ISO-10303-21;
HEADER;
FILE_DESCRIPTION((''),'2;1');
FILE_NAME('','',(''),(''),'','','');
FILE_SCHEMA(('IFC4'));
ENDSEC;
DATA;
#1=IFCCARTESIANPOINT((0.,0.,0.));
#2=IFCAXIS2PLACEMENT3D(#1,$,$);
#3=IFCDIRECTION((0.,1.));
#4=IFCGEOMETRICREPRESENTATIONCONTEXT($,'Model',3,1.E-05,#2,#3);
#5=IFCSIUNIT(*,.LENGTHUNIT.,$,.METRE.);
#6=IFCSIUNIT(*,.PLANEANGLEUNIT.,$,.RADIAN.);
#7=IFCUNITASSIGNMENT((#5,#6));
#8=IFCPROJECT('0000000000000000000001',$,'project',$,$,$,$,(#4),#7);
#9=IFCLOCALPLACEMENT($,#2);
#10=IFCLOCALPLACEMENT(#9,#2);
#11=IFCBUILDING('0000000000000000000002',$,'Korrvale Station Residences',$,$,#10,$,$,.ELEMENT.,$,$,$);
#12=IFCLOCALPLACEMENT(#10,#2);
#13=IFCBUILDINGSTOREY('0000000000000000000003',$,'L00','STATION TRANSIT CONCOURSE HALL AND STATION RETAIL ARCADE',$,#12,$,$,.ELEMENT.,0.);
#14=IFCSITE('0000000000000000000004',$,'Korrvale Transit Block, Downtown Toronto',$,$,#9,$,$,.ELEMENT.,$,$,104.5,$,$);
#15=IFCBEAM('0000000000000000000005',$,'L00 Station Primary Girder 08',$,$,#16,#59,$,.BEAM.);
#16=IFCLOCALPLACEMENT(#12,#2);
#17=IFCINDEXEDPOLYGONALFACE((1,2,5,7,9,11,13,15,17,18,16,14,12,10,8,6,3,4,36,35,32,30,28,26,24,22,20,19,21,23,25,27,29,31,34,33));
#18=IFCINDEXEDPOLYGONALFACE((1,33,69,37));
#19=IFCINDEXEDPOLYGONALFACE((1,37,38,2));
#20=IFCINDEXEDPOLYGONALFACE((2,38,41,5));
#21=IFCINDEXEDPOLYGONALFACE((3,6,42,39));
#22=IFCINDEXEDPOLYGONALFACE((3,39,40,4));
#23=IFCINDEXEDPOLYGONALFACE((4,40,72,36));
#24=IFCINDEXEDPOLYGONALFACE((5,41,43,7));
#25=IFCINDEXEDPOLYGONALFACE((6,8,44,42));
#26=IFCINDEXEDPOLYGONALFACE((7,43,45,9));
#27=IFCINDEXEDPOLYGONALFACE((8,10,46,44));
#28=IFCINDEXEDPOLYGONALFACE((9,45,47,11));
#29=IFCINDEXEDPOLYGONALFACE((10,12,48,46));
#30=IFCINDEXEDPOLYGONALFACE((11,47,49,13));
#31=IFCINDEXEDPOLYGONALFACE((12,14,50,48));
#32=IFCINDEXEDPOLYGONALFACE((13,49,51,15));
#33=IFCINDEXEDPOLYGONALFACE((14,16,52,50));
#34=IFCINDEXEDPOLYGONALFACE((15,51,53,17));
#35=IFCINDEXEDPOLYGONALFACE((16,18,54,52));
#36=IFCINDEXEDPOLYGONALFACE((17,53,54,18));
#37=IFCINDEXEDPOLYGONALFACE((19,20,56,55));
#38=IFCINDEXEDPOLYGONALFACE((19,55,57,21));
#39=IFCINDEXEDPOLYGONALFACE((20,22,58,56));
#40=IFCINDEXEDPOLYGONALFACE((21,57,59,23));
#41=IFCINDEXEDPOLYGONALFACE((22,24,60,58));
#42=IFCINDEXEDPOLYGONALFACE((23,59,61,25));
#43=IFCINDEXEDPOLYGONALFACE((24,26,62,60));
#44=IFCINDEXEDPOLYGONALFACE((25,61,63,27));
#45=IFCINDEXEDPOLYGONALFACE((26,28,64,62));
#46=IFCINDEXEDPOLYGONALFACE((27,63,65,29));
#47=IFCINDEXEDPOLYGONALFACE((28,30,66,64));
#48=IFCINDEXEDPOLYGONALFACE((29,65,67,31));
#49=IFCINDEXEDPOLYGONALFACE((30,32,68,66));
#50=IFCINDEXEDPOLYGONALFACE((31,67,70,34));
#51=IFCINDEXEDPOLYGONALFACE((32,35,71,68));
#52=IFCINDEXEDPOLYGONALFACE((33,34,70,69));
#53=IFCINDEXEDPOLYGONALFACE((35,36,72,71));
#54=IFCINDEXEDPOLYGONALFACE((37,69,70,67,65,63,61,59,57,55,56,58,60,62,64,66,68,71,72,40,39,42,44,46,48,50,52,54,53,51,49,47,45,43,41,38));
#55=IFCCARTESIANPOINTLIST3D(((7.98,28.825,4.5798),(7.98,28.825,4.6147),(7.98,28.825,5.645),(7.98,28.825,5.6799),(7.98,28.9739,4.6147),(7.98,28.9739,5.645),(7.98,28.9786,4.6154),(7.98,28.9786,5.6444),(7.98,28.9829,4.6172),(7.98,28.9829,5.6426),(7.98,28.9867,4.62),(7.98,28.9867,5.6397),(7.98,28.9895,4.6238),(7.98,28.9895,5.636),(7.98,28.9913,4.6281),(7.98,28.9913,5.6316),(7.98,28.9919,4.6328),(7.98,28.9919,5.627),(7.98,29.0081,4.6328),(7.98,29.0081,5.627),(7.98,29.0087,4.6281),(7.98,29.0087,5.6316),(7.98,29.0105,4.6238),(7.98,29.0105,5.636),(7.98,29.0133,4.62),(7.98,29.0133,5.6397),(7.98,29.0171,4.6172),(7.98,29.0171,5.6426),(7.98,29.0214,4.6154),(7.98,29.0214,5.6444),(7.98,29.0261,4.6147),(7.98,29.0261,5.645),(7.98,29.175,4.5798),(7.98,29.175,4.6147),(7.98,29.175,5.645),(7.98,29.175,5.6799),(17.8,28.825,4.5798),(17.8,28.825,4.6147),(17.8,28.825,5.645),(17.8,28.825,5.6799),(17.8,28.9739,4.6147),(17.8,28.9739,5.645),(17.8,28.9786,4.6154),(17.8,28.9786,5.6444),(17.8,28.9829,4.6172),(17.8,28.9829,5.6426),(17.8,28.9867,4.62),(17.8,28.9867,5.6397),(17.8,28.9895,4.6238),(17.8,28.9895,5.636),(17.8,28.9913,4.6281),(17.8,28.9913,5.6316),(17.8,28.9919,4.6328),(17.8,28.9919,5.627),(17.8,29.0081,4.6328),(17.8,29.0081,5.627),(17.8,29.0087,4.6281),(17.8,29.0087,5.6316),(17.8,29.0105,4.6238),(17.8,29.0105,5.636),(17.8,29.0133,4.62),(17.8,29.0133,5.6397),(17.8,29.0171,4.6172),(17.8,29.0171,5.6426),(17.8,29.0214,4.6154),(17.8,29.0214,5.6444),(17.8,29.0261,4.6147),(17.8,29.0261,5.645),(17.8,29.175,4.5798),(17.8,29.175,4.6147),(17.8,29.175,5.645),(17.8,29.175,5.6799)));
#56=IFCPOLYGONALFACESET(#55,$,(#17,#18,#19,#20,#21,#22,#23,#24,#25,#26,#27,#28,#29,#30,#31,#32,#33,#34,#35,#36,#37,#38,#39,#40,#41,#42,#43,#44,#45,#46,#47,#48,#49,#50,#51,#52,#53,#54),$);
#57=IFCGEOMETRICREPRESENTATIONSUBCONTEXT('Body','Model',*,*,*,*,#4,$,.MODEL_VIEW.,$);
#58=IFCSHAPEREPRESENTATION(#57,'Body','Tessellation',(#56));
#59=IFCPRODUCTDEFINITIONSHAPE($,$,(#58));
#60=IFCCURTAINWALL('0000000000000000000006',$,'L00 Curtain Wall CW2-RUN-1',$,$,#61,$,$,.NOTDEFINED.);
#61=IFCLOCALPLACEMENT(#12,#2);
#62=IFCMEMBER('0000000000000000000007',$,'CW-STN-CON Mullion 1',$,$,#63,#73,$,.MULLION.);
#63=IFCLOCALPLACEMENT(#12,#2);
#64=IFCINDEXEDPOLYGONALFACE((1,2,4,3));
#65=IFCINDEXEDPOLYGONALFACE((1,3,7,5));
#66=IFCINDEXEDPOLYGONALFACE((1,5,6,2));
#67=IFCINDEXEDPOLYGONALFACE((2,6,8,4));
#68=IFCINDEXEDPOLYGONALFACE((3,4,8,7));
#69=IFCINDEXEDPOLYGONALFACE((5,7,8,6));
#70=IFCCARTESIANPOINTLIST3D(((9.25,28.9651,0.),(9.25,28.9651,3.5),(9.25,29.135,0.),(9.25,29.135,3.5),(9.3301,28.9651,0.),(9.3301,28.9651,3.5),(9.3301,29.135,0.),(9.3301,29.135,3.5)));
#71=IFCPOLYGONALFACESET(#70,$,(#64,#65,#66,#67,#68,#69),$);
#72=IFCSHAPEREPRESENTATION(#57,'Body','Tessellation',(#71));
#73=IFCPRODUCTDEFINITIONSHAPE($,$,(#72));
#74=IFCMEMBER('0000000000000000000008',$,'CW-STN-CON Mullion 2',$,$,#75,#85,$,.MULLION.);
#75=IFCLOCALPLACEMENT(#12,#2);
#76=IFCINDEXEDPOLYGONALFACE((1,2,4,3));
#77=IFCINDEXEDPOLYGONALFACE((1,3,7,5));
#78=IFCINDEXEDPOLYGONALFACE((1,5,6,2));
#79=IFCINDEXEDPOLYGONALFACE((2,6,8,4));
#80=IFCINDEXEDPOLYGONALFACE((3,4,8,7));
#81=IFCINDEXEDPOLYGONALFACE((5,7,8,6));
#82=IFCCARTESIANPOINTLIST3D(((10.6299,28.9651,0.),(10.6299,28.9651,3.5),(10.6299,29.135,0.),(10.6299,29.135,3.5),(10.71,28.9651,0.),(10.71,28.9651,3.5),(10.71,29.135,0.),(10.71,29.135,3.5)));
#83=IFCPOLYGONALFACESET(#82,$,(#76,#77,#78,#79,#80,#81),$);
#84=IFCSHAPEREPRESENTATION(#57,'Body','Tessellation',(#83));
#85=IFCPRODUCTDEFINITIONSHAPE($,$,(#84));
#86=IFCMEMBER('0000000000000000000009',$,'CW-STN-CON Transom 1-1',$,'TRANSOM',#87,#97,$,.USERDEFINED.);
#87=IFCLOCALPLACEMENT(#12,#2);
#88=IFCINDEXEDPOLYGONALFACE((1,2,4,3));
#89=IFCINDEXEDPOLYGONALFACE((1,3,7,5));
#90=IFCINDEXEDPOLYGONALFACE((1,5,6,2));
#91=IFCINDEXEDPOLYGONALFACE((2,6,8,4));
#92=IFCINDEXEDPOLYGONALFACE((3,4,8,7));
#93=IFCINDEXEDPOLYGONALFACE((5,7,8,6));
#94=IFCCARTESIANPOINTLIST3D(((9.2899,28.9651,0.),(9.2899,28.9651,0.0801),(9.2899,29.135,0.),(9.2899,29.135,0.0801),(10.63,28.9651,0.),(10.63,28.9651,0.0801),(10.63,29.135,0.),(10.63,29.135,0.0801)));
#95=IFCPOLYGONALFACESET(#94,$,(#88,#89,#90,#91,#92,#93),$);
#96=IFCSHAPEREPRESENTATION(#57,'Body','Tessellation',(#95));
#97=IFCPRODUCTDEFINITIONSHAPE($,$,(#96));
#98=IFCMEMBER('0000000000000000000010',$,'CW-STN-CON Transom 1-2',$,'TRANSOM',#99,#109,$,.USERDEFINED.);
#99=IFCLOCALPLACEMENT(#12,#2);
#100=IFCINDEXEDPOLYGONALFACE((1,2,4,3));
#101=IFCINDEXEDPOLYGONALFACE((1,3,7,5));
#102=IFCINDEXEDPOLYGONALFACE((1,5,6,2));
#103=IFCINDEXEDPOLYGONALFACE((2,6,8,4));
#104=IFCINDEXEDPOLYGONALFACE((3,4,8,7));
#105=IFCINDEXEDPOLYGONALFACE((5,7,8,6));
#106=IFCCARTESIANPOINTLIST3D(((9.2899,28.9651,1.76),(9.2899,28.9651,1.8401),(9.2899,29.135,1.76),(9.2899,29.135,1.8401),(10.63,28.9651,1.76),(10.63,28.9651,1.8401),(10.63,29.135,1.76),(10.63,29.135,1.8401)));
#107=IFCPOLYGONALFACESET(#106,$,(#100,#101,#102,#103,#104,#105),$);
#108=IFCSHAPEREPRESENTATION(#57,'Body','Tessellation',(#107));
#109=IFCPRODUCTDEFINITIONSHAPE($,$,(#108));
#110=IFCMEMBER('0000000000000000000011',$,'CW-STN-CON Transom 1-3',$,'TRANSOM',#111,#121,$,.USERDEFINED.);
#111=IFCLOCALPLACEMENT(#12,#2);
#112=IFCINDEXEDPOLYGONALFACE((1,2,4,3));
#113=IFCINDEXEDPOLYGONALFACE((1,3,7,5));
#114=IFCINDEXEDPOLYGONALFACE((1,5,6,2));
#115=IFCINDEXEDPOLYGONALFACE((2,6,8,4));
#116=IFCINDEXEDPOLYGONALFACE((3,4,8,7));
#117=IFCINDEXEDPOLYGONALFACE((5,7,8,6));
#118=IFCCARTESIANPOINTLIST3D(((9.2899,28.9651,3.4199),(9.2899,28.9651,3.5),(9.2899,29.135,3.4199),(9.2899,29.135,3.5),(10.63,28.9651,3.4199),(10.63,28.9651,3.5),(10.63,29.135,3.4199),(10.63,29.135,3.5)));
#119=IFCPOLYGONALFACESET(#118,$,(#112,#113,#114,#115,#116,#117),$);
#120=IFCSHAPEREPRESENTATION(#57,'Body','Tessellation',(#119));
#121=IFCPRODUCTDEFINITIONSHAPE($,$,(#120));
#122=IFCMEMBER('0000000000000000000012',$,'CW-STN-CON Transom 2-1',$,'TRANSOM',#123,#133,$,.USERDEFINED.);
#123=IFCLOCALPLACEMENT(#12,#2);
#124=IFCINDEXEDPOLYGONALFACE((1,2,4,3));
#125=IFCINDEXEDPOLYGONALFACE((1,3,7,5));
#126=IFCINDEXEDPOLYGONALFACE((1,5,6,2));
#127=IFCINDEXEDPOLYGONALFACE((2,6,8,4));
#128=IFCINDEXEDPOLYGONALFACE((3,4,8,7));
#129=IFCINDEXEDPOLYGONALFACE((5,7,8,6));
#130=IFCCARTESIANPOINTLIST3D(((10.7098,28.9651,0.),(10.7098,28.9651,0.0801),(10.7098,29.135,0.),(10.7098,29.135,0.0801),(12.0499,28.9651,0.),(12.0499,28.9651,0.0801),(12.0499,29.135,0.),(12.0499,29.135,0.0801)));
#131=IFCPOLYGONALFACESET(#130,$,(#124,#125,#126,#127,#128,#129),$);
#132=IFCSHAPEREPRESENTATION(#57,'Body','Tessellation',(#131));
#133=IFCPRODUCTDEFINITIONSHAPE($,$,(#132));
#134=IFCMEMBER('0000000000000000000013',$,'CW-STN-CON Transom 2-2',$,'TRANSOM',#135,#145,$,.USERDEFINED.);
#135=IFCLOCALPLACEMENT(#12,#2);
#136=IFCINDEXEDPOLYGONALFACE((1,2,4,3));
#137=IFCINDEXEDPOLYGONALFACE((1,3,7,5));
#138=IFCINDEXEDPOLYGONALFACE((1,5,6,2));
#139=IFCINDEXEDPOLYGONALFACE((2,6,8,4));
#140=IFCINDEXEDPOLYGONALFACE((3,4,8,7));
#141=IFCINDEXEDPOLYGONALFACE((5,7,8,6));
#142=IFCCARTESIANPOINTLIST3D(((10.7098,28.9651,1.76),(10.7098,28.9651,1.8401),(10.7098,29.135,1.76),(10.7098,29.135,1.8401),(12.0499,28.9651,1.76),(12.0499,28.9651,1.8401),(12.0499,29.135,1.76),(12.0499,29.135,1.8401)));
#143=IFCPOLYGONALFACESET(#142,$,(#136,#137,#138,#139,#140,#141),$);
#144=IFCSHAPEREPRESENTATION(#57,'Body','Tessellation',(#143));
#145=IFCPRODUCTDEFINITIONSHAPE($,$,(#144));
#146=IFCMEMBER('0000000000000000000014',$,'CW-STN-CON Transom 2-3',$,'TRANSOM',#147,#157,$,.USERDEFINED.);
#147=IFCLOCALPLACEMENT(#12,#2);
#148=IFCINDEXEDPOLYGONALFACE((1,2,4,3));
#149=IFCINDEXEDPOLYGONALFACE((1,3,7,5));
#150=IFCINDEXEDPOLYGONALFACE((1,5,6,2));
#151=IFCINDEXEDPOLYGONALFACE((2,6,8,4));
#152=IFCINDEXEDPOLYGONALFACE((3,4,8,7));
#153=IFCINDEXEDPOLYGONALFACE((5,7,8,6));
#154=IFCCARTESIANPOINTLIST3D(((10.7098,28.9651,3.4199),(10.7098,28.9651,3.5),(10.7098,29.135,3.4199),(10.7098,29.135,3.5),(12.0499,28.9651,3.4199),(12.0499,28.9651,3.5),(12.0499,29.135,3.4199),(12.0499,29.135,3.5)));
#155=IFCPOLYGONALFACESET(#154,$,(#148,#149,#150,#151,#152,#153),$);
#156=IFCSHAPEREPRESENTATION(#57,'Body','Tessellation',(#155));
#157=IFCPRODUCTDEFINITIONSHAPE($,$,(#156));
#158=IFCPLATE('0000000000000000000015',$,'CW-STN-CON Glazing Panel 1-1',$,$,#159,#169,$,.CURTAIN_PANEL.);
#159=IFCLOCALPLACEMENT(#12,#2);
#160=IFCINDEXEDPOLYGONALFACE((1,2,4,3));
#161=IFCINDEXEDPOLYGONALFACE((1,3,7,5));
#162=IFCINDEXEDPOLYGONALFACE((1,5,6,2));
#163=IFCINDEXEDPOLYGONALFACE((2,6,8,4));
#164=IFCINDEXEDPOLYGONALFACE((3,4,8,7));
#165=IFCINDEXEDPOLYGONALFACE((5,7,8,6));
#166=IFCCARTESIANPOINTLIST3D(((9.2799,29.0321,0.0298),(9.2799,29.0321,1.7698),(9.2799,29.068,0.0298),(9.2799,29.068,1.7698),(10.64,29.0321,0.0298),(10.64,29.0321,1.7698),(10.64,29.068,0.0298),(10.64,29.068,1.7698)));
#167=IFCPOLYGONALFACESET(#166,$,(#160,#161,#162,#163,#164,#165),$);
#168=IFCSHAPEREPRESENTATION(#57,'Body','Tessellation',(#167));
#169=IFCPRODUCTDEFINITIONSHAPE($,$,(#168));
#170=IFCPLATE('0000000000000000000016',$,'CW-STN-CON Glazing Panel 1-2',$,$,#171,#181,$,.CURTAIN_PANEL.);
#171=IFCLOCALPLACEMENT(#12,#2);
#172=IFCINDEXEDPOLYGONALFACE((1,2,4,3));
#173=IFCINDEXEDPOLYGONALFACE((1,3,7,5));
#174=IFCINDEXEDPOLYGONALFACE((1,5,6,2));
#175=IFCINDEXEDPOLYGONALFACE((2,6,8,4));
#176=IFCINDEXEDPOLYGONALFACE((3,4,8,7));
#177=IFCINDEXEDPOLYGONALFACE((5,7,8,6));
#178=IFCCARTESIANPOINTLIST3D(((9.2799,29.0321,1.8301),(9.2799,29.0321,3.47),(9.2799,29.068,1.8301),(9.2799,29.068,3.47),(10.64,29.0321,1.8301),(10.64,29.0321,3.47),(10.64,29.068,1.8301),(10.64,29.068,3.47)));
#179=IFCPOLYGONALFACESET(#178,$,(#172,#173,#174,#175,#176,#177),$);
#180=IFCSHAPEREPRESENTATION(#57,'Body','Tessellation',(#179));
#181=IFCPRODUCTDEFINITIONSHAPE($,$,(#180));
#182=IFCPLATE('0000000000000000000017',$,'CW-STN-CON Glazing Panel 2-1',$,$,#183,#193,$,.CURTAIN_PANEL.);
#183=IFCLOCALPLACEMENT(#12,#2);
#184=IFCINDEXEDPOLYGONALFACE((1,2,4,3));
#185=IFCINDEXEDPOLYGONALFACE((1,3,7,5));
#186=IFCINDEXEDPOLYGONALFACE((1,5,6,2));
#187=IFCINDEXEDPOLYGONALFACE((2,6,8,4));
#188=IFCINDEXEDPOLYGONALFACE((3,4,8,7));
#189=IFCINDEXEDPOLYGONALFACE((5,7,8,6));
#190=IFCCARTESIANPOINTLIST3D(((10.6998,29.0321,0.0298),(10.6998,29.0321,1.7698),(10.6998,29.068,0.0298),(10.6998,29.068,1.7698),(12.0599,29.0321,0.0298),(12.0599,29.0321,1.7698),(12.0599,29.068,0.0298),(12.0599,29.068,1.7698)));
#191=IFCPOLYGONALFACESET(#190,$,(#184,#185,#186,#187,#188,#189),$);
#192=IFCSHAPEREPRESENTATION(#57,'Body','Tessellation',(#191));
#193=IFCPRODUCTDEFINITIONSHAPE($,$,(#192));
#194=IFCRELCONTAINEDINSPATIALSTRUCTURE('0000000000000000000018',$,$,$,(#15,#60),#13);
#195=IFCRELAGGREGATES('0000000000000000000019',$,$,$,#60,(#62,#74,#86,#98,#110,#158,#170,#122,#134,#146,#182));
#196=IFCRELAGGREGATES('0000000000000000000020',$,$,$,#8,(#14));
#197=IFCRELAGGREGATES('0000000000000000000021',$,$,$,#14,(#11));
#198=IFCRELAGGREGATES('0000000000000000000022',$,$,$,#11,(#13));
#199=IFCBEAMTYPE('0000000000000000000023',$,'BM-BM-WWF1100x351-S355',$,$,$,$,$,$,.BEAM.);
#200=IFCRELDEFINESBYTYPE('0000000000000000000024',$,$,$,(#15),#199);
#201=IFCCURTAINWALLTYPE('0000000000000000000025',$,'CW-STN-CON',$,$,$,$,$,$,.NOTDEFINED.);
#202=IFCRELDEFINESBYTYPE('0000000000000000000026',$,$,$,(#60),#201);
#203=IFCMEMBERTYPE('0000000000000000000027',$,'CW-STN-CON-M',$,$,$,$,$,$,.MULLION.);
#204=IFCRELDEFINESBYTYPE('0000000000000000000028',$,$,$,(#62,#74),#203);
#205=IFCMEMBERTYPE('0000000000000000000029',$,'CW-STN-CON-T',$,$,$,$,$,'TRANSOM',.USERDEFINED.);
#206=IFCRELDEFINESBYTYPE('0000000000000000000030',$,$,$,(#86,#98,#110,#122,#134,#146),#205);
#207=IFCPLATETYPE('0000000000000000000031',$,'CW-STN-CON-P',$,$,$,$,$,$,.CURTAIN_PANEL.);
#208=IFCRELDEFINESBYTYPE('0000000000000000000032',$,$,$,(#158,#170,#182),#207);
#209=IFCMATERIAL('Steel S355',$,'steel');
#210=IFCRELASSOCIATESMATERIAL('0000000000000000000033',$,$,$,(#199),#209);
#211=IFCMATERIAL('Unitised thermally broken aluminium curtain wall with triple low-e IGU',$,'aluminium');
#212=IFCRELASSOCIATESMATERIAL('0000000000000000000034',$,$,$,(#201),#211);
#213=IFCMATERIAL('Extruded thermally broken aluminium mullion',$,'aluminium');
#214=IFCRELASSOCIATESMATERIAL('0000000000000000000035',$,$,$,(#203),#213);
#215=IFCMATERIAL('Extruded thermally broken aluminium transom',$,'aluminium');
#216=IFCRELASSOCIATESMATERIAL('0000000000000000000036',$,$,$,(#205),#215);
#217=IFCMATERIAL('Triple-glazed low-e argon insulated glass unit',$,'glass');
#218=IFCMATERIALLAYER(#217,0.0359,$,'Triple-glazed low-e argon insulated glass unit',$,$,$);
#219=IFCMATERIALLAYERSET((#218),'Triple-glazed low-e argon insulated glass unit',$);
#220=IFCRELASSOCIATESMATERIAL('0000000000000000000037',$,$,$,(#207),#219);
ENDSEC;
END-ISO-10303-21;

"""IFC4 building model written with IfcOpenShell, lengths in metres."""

from ifc_helpers import new_model, si_unit, direction, frame, origin, origin_2d, place, context, subcontext, project, spatial, rectangle, i_section, extrude, material, layer, layer_set, material_profile, profile_set, type_object, element, aggregate, save


model = new_model("IFC4")

# Units and contexts
model_context = context("Model", 3, precision=1e-05, world=origin(), true_north=direction((0.0, 1.0)))
body_context = subcontext(model_context, "Body", "Model", "MODEL_VIEW")
ifc_project = project(units=[si_unit("LENGTHUNIT", "METRE"), si_unit("PLANEANGLEUNIT", "RADIAN")], contexts=[model_context])

# Site, building, storey
site_placement = place(None, origin())
site = spatial("IfcSite", under=ifc_project, at=site_placement, Name="Korrvale Transit Block, Downtown Toronto", CompositionType="ELEMENT", RefElevation=104.5)
building_placement = place(site_placement, origin())
building = spatial("IfcBuilding", under=site, at=building_placement, Name="Korrvale Station Residences", CompositionType="ELEMENT")
storey_placement = place(building_placement, origin())
storey = spatial("IfcBuildingStorey", under=building, at=storey_placement, Name="L00", Description="STATION TRANSIT CONCOURSE HALL AND STATION RETAIL ARCADE", CompositionType="ELEMENT", Elevation=0.0)

# Beam
ifc_material_1 = material(Name="Steel S355", Category="steel")
ifc_material_profile = material_profile(ifc_material_1, i_section(OverallWidth=0.3501, OverallDepth=1.1001, WebThickness=0.0161, FlangeThickness=0.0349, FilletRadius=0.0181, at=origin_2d()), Name="WWF1100x351")
ifc_profile_set = profile_set([ifc_material_profile], Name="Steel S355")
beam_type = type_object("IfcBeamType", Name="BM-BM-WWF1100x351-S355", PredefinedType="BEAM", material=ifc_profile_set)
beam_placement = place(storey_placement, frame((7.98, 29.0, 5.1299), z_axis=(1.0, 0.0, 0.0), x_axis=(0.0, 1.0, 0.0)))
element("IfcBeam", 1, at=beam_placement, inside=storey, type_object=beam_type, Name="L00 Station Primary Girder 08", PredefinedType="BEAM", context=body_context, shape_type="SweptSolid", body=[
    extrude(i_section(OverallWidth=0.3501, OverallDepth=1.1001, WebThickness=0.0161, FlangeThickness=0.0349, FilletRadius=0.0181, at=origin_2d()), origin(), (0.0, 0.0, 1.0), 9.8201),
])

# Curtain wall, members, plates
ifc_material_2 = material(Name="Unitised thermally broken aluminium curtain wall with triple low-e IGU", Category="aluminium")
curtain_wall_type = type_object("IfcCurtainWallType", Name="CW-STN-CON", PredefinedType="NOTDEFINED", material=ifc_material_2)
curtain_wall_placement = place(storey_placement, origin())
curtain_wall = element("IfcCurtainWall", 2, at=curtain_wall_placement, inside=storey, type_object=curtain_wall_type, Name="L00 Curtain Wall CW2-RUN-1", PredefinedType="NOTDEFINED")
ifc_material_3 = material(Name="Extruded thermally broken aluminium mullion", Category="aluminium")
member_type_1 = type_object("IfcMemberType", Name="CW-STN-CON-M", PredefinedType="MULLION", material=ifc_material_3)
member_1_placement = place(storey_placement, frame((9.29, 29.05, 0.0), z_axis=(0.0, 0.0, 1.0), x_axis=(1.0, 0.0, 0.0)))
member_1 = element("IfcMember", 3, at=member_1_placement, type_object=member_type_1, Name="CW-STN-CON Mullion 1", PredefinedType="MULLION", context=body_context, shape_type="SweptSolid", body=[
    extrude(rectangle(XDim=0.0801, YDim=0.1699, at=origin_2d()), origin(), (0.0, 0.0, 1.0), 3.5),
])
member_2_placement = place(storey_placement, frame((10.6699, 29.05, 0.0), z_axis=(0.0, 0.0, 1.0), x_axis=(1.0, 0.0, 0.0)))
member_2 = element("IfcMember", 4, at=member_2_placement, type_object=member_type_1, Name="CW-STN-CON Mullion 2", PredefinedType="MULLION", context=body_context, shape_type="SweptSolid", body=[
    extrude(rectangle(XDim=0.0801, YDim=0.1699, at=origin_2d()), origin(), (0.0, 0.0, 1.0), 3.5),
])
ifc_material_4 = material(Name="Extruded thermally broken aluminium transom", Category="aluminium")
member_type_2 = type_object("IfcMemberType", Name="CW-STN-CON-T", ElementType="TRANSOM", PredefinedType="USERDEFINED", material=ifc_material_4)
member_3_placement = place(storey_placement, frame((9.96, 29.05, 0.0), z_axis=(0.0, 0.0, 1.0), x_axis=(1.0, 0.0, 0.0)))
member_3 = element("IfcMember", 5, at=member_3_placement, type_object=member_type_2, Name="CW-STN-CON Transom 1-1", ObjectType="TRANSOM", PredefinedType="USERDEFINED", context=body_context, shape_type="SweptSolid", body=[
    extrude(rectangle(XDim=1.3401, YDim=0.1699, at=origin_2d()), origin(), (0.0, 0.0, 1.0), 0.0801),
])
member_4_placement = place(storey_placement, frame((9.96, 29.05, 1.76), z_axis=(0.0, 0.0, 1.0), x_axis=(1.0, 0.0, 0.0)))
member_4 = element("IfcMember", 6, at=member_4_placement, type_object=member_type_2, Name="CW-STN-CON Transom 1-2", ObjectType="TRANSOM", PredefinedType="USERDEFINED", context=body_context, shape_type="SweptSolid", body=[
    extrude(rectangle(XDim=1.3401, YDim=0.1699, at=origin_2d()), origin(), (0.0, 0.0, 1.0), 0.0801),
])
member_5_placement = place(storey_placement, frame((9.96, 29.05, 3.4199), z_axis=(0.0, 0.0, 1.0), x_axis=(1.0, 0.0, 0.0)))
member_5 = element("IfcMember", 7, at=member_5_placement, type_object=member_type_2, Name="CW-STN-CON Transom 1-3", ObjectType="TRANSOM", PredefinedType="USERDEFINED", context=body_context, shape_type="SweptSolid", body=[
    extrude(rectangle(XDim=1.3401, YDim=0.1699, at=origin_2d()), origin(), (0.0, 0.0, 1.0), 0.0801),
])
member_6_placement = place(storey_placement, frame((11.3799, 29.05, 0.0), z_axis=(0.0, 0.0, 1.0), x_axis=(1.0, 0.0, 0.0)))
member_6 = element("IfcMember", 8, at=member_6_placement, type_object=member_type_2, Name="CW-STN-CON Transom 2-1", ObjectType="TRANSOM", PredefinedType="USERDEFINED", context=body_context, shape_type="SweptSolid", body=[
    extrude(rectangle(XDim=1.3401, YDim=0.1699, at=origin_2d()), origin(), (0.0, 0.0, 1.0), 0.0801),
])
member_7_placement = place(storey_placement, frame((11.3799, 29.05, 1.76), z_axis=(0.0, 0.0, 1.0), x_axis=(1.0, 0.0, 0.0)))
member_7 = element("IfcMember", 9, at=member_7_placement, type_object=member_type_2, Name="CW-STN-CON Transom 2-2", ObjectType="TRANSOM", PredefinedType="USERDEFINED", context=body_context, shape_type="SweptSolid", body=[
    extrude(rectangle(XDim=1.3401, YDim=0.1699, at=origin_2d()), origin(), (0.0, 0.0, 1.0), 0.0801),
])
member_8_placement = place(storey_placement, frame((11.3799, 29.05, 3.4199), z_axis=(0.0, 0.0, 1.0), x_axis=(1.0, 0.0, 0.0)))
member_8 = element("IfcMember", 10, at=member_8_placement, type_object=member_type_2, Name="CW-STN-CON Transom 2-3", ObjectType="TRANSOM", PredefinedType="USERDEFINED", context=body_context, shape_type="SweptSolid", body=[
    extrude(rectangle(XDim=1.3401, YDim=0.1699, at=origin_2d()), origin(), (0.0, 0.0, 1.0), 0.0801),
])
ifc_material_5 = material(Name="Triple-glazed low-e argon insulated glass unit", Category="glass")
ifc_layer_1 = layer(ifc_material_5, 0.0359, Name="Triple-glazed low-e argon insulated glass unit")
ifc_layer_set_1 = layer_set([ifc_layer_1], Name="Triple-glazed low-e argon insulated glass unit")
plate_type = type_object("IfcPlateType", Name="CW-STN-CON-P", PredefinedType="CURTAIN_PANEL", material=ifc_layer_set_1)
plate_1_placement = place(storey_placement, frame((9.96, 29.05, 0.0298), z_axis=(0.0, 0.0, 1.0), x_axis=(1.0, 0.0, 0.0)))
plate_1 = element("IfcPlate", 11, at=plate_1_placement, type_object=plate_type, Name="CW-STN-CON Glazing Panel 1-1", PredefinedType="CURTAIN_PANEL", context=body_context, shape_type="SweptSolid", body=[
    extrude(rectangle(XDim=1.3601, YDim=0.0359, at=origin_2d()), origin(), (0.0, 0.0, 1.0), 1.74),
])
plate_2_placement = place(storey_placement, frame((9.96, 29.05, 1.8301), z_axis=(0.0, 0.0, 1.0), x_axis=(1.0, 0.0, 0.0)))
plate_2 = element("IfcPlate", 12, at=plate_2_placement, type_object=plate_type, Name="CW-STN-CON Glazing Panel 1-2", PredefinedType="CURTAIN_PANEL", context=body_context, shape_type="SweptSolid", body=[
    extrude(rectangle(XDim=1.3601, YDim=0.0359, at=origin_2d()), origin(), (0.0, 0.0, 1.0), 1.6399),
])
plate_3_placement = place(storey_placement, frame((11.3799, 29.05, 0.0298), z_axis=(0.0, 0.0, 1.0), x_axis=(1.0, 0.0, 0.0)))
plate_3 = element("IfcPlate", 13, at=plate_3_placement, type_object=plate_type, Name="CW-STN-CON Glazing Panel 2-1", PredefinedType="CURTAIN_PANEL", context=body_context, shape_type="SweptSolid", body=[
    extrude(rectangle(XDim=1.3601, YDim=0.0359, at=origin_2d()), origin(), (0.0, 0.0, 1.0), 1.74),
])
aggregate(curtain_wall, [member_1, member_2, member_3, member_4, member_5, plate_1, plate_2, member_6, member_7, member_8, plate_3])

save(model, "model.ifc")
